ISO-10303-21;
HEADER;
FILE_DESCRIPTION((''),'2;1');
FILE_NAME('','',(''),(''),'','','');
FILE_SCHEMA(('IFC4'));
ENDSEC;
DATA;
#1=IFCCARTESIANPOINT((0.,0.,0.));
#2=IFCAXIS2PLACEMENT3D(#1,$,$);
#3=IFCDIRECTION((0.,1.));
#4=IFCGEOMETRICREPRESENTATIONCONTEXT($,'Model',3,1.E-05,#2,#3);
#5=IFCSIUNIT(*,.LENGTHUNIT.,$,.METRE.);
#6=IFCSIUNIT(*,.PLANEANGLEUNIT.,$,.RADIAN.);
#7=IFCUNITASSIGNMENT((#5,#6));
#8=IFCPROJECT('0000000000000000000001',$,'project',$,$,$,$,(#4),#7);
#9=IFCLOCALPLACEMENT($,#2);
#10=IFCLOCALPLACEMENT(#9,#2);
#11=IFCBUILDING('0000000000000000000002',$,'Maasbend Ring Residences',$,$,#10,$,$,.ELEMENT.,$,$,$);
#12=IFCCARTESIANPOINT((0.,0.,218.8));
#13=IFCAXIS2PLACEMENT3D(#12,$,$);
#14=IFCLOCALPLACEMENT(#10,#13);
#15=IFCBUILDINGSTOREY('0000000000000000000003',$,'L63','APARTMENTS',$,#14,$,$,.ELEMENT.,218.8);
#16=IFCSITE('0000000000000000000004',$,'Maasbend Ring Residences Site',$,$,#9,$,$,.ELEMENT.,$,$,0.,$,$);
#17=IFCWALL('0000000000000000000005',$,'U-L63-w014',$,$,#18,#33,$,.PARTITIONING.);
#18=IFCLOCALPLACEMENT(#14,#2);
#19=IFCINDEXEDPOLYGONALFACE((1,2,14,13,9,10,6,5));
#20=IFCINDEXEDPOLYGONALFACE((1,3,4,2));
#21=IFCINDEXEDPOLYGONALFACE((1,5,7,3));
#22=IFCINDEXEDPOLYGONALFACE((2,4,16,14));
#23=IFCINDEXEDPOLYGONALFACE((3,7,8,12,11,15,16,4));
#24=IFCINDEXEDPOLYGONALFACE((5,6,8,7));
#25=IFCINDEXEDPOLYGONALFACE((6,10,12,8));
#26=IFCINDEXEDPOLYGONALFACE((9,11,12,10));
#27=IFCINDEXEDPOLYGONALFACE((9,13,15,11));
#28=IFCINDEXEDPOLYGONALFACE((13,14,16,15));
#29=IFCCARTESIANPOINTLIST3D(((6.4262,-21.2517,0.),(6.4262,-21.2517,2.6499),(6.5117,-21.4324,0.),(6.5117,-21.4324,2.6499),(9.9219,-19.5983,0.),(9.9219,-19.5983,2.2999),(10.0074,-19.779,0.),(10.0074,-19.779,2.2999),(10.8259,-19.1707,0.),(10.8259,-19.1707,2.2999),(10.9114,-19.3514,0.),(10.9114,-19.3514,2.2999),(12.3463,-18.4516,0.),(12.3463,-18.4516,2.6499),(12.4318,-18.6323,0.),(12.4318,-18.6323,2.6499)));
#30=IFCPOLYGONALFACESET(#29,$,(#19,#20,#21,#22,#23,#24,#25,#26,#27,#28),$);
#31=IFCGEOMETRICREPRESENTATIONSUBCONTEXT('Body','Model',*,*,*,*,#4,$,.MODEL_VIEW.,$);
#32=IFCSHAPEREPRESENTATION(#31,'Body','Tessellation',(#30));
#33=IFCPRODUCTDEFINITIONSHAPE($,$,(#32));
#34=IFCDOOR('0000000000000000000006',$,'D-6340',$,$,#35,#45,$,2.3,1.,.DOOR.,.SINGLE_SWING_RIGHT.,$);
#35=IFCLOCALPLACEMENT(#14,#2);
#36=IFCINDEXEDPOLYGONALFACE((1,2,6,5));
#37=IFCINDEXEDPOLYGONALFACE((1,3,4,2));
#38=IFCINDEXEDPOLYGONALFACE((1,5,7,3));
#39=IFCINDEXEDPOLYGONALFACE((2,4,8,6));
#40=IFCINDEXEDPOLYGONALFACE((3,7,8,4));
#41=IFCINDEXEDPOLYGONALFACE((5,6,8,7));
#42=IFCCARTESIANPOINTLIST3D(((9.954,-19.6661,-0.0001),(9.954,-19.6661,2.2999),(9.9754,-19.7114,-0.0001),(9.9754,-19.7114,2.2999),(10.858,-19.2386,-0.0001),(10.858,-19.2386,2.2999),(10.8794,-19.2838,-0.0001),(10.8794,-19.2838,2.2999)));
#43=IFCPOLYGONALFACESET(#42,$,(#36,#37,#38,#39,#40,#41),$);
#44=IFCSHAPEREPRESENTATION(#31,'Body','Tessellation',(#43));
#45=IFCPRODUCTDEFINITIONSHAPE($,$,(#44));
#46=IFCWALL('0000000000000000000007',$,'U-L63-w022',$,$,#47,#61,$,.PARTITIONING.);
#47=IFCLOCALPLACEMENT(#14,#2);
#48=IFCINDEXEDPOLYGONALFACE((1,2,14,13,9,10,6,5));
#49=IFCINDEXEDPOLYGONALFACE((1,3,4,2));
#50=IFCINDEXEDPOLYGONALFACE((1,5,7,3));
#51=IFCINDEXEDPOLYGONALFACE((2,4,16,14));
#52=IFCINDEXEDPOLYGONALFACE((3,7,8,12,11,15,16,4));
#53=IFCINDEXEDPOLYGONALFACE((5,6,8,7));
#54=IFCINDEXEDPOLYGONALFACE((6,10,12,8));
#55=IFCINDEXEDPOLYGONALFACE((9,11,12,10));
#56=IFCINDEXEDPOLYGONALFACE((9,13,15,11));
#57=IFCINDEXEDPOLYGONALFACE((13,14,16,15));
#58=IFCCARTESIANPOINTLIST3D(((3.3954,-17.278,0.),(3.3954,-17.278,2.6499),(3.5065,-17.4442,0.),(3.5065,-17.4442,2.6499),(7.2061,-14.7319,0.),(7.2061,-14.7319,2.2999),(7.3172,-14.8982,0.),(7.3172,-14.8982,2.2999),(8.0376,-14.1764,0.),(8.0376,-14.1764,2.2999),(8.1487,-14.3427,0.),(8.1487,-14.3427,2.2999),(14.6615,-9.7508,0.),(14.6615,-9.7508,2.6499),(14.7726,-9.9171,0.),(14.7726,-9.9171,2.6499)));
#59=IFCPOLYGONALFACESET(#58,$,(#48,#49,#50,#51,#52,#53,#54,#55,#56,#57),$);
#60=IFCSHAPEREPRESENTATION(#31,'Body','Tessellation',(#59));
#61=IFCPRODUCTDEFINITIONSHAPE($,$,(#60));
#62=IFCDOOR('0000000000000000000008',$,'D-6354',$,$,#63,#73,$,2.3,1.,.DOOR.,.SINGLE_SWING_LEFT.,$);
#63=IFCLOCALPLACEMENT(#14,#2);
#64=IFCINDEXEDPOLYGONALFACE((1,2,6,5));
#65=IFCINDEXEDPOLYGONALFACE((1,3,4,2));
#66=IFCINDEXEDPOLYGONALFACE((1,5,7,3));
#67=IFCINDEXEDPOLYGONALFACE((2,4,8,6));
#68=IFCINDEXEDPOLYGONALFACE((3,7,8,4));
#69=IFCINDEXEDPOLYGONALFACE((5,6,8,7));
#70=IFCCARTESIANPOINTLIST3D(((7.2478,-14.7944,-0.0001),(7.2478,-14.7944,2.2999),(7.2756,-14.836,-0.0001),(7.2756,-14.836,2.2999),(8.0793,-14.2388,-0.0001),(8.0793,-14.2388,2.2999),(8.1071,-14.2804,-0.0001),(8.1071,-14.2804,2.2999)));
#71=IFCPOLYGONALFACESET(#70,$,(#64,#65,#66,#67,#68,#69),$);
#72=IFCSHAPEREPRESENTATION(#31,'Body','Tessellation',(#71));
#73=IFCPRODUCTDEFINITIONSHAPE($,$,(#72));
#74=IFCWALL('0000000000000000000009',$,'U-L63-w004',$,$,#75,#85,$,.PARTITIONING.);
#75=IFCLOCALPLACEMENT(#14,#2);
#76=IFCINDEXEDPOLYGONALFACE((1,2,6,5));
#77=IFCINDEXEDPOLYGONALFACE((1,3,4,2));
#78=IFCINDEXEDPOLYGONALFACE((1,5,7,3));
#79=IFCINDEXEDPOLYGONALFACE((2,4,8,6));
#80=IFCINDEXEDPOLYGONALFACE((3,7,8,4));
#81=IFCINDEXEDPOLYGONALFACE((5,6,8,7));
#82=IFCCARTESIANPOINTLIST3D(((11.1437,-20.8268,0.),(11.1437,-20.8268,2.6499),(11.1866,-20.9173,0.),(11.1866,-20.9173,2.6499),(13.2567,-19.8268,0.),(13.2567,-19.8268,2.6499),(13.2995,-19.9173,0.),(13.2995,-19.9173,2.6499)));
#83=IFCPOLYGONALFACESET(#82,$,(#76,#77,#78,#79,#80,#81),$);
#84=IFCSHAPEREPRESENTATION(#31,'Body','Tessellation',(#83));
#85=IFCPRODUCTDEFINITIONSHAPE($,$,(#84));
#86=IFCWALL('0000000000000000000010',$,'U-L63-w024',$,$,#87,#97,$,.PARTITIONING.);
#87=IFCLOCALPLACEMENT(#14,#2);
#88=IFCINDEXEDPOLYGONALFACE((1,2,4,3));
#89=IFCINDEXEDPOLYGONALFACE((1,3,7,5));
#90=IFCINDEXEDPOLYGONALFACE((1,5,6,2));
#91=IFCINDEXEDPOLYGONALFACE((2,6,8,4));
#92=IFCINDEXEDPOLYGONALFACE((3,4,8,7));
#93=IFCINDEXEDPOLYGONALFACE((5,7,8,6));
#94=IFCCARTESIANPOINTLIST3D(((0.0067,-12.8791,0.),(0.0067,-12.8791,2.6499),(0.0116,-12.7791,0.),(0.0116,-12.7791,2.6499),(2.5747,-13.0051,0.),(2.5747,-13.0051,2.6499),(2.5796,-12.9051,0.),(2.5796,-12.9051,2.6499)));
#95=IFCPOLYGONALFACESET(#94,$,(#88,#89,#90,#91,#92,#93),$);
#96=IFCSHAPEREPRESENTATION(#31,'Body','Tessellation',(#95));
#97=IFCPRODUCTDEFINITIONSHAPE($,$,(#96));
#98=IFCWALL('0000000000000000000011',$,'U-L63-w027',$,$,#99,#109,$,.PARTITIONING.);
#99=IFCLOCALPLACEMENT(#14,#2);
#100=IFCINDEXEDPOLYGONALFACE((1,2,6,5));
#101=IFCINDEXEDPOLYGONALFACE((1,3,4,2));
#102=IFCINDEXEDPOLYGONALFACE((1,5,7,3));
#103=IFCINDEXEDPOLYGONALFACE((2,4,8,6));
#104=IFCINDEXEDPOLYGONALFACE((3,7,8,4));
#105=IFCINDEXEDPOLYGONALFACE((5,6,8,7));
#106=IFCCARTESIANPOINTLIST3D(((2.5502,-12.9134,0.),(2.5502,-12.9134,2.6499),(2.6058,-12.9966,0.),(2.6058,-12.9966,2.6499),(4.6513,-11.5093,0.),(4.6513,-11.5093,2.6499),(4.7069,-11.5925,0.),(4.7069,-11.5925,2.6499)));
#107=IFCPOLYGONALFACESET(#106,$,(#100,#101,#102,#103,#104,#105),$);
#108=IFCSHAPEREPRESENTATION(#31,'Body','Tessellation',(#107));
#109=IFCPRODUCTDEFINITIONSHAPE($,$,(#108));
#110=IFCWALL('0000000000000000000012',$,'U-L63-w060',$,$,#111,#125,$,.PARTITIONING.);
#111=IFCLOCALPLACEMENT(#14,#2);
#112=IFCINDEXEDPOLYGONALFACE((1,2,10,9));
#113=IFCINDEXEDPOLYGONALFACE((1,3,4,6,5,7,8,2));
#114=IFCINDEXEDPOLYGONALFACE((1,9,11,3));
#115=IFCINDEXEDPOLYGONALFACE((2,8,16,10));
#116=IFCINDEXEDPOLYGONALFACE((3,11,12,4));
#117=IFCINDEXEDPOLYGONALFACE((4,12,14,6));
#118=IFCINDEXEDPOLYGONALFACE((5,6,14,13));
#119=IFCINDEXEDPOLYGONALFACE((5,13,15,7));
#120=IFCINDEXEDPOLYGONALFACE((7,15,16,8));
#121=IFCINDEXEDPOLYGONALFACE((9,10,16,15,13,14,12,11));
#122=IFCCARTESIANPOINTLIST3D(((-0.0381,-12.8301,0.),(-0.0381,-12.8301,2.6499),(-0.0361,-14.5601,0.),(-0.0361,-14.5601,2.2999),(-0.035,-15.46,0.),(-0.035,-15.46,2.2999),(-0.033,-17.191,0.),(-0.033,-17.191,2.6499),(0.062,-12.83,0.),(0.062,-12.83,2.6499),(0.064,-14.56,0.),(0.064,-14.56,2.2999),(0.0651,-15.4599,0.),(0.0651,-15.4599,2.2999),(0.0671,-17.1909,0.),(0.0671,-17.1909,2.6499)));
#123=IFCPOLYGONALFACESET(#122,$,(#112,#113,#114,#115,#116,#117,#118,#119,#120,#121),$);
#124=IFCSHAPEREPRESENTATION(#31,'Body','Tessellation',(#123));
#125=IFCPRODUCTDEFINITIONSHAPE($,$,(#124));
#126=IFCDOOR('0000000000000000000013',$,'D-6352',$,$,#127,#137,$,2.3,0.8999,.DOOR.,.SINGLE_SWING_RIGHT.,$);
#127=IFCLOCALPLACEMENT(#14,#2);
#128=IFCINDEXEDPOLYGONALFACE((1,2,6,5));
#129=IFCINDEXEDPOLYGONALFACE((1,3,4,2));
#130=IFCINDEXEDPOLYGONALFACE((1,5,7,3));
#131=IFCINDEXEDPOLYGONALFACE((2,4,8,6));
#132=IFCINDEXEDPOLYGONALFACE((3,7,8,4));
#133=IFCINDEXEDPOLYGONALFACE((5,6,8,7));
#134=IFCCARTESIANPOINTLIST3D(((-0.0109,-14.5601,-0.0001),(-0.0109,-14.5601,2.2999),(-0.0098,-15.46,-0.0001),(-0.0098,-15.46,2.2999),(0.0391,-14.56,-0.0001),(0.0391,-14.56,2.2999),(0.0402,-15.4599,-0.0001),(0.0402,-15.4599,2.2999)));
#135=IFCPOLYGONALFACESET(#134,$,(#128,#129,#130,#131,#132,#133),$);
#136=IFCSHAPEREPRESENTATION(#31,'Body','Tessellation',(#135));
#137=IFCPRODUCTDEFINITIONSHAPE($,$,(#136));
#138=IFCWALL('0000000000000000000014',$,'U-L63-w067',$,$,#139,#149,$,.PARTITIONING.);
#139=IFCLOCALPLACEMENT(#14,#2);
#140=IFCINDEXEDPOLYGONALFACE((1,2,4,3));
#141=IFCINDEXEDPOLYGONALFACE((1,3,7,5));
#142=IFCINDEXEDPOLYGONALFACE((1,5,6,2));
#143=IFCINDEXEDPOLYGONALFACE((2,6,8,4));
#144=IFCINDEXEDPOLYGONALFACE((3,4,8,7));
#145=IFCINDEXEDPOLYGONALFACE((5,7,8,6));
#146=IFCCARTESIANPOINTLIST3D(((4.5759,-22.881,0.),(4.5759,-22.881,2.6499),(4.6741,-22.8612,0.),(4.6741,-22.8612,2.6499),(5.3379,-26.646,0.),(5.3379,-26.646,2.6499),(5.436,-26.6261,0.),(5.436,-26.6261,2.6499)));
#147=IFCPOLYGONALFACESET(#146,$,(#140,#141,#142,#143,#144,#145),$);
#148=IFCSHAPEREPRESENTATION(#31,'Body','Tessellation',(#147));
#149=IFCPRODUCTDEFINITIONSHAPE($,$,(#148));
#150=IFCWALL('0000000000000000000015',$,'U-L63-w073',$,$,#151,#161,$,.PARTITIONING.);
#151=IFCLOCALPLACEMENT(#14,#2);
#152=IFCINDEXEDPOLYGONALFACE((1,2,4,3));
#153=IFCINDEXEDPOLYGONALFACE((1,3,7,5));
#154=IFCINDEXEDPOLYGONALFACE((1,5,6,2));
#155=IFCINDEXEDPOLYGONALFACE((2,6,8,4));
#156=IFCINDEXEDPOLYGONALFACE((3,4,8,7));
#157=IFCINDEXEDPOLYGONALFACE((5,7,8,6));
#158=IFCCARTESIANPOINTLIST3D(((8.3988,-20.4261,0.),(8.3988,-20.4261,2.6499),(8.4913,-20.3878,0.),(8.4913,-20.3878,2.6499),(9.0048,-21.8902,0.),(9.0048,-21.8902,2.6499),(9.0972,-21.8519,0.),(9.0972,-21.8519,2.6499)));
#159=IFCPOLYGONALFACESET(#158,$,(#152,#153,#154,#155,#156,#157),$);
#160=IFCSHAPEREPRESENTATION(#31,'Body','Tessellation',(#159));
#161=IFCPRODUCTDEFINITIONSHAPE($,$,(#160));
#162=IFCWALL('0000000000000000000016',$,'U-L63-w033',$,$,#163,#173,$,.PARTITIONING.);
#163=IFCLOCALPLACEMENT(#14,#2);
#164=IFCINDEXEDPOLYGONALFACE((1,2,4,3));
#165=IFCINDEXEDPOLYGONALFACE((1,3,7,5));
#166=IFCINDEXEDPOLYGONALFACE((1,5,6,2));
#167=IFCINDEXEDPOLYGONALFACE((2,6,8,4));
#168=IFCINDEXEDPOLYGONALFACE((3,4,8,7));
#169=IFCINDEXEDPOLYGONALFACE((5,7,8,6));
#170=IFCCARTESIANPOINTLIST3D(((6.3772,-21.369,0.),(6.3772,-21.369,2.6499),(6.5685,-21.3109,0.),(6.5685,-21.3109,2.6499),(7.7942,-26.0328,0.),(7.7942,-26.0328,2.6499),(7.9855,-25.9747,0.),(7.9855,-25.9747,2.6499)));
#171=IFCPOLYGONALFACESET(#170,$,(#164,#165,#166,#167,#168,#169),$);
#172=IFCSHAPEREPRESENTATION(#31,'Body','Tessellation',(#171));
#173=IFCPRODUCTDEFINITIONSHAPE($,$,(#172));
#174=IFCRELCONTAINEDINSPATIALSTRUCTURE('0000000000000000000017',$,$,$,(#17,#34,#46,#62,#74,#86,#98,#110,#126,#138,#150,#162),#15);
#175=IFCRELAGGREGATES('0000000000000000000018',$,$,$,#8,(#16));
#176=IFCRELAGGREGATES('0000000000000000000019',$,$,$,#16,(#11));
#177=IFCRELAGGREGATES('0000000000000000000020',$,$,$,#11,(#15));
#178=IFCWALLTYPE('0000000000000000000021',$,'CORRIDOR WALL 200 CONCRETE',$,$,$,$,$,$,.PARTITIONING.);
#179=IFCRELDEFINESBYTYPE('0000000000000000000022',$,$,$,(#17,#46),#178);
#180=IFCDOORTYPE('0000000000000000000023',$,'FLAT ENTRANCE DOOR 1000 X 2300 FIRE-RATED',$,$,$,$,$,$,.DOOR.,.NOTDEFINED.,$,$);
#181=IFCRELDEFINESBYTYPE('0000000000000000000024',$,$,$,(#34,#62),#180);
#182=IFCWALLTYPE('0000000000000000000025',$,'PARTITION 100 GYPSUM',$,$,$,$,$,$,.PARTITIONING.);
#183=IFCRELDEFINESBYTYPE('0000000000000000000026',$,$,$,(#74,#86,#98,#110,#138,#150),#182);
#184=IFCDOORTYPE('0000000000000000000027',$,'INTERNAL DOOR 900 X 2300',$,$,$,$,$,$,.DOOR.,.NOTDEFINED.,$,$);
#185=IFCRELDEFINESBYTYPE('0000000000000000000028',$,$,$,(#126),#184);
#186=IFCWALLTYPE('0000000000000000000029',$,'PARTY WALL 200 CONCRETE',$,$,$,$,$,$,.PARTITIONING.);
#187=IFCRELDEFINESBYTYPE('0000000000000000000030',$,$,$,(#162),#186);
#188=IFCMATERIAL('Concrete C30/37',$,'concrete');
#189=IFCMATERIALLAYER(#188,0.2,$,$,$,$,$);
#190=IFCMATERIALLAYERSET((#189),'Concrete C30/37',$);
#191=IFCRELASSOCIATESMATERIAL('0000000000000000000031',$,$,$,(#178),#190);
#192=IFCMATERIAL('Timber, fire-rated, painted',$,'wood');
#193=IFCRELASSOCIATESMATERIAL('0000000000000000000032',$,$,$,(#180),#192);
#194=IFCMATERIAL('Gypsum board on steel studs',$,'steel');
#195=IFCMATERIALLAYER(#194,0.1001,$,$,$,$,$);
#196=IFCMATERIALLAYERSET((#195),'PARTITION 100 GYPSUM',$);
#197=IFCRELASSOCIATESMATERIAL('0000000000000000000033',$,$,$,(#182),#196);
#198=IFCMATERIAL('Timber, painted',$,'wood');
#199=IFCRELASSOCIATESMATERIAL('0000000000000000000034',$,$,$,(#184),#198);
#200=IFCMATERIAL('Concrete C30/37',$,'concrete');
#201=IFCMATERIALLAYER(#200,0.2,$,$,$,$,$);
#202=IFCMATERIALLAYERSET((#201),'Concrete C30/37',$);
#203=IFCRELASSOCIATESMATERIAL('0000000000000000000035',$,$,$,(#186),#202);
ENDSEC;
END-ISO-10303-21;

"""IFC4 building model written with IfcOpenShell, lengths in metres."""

from ifc_helpers import new_model, si_unit, direction, frame, frame_2d, origin, place, context, subcontext, project, spatial, rectangle, extrude, material, layer, layer_set, type_object, element, fill, save


model = new_model("IFC4")

# Units and contexts
model_context = context("Model", 3, precision=1e-05, world=origin(), true_north=direction((0.0, 1.0)))
body_context = subcontext(model_context, "Body", "Model", "MODEL_VIEW")
ifc_project = project(units=[si_unit("LENGTHUNIT", "METRE"), si_unit("PLANEANGLEUNIT", "RADIAN")], contexts=[model_context])

# Site, building, storey
site_placement = place(None, origin())
site = spatial("IfcSite", under=ifc_project, at=site_placement, Name="Maasbend Ring Residences Site", CompositionType="ELEMENT", RefElevation=0.0)
building_placement = place(site_placement, origin())
building = spatial("IfcBuilding", under=site, at=building_placement, Name="Maasbend Ring Residences", CompositionType="ELEMENT")
storey_placement = place(building_placement, frame((0.0, 0.0, 218.8)))
storey = spatial("IfcBuildingStorey", under=building, at=storey_placement, Name="L63", Description="APARTMENTS", CompositionType="ELEMENT", Elevation=218.8)

# Walls, openings, doors
ifc_material_1 = material(Name="Concrete C30/37", Category="concrete")
ifc_layer_1 = layer(ifc_material_1, 0.2)
ifc_layer_set_1 = layer_set([ifc_layer_1], Name="Concrete C30/37")
wall_type_1 = type_object("IfcWallType", Name="CORRIDOR WALL 200 CONCRETE", PredefinedType="PARTITIONING", material=ifc_layer_set_1)
wall_1_placement = place(storey_placement, frame((6.469, -21.342, 0.0), z_axis=(0.0, 0.0, 1.0), x_axis=(0.903981, 0.427572, 0.0)))
wall_1 = element("IfcWall", 1, at=wall_1_placement, inside=storey, type_object=wall_type_1, Name="U-L63-w014", PredefinedType="PARTITIONING", context=body_context, shape_type="SweptSolid", body=[
    extrude(rectangle(XDim=6.5488, YDim=0.2, at=frame_2d((3.2744, 0.0))), origin(), (0.0, 0.0, 1.0), 2.6499),
])
opening_1_placement = place(wall_1_placement, frame((3.8669, 0.0, 0.0)))
opening_1 = element("IfcOpeningElement", 2, at=opening_1_placement, cuts=wall_1, PredefinedType="OPENING", context=body_context, shape_type="SweptSolid", body=[
    extrude(rectangle(XDim=1.0, YDim=2.3, at=frame_2d((0.5, 1.1499))), frame((0.0, 0.1099, 0.0), z_axis=(0.0, -1.0, 0.0), x_axis=(1.0, 0.0, 0.0)), (0.0, 0.0, 1.0), 0.22),
])
ifc_material_2 = material(Name="Timber, fire-rated, painted", Category="wood")
door_type_1 = type_object("IfcDoorType", Name="FLAT ENTRANCE DOOR 1000 X 2300 FIRE-RATED", OperationType="NOTDEFINED", PredefinedType="DOOR", material=ifc_material_2)
door_1_placement = place(opening_1_placement, origin())
door_1 = element("IfcDoor", 3, at=door_1_placement, inside=storey, type_object=door_type_1, Name="D-6340", OperationType="SINGLE_SWING_RIGHT", OverallHeight=2.3, OverallWidth=1.0, PredefinedType="DOOR", context=body_context, shape_type="SweptSolid", body=[
    extrude(rectangle(XDim=1.0, YDim=2.3, at=frame_2d((0.5, 1.1499))), frame((0.0, 0.0249, 0.0), z_axis=(0.0, -1.0, 0.0), x_axis=(1.0, 0.0, 0.0)), (0.0, 0.0, 1.0), 0.05),
])
fill(opening_1, door_1)
wall_2_placement = place(storey_placement, frame((3.4509, -17.3611, 0.0), z_axis=(0.0, 0.0, 1.0), x_axis=(0.831493, 0.555536, 0.0)))
wall_2 = element("IfcWall", 4, at=wall_2_placement, inside=storey, type_object=wall_type_1, Name="U-L63-w022", PredefinedType="PARTITIONING", context=body_context, shape_type="SweptSolid", body=[
    extrude(rectangle(XDim=13.5493, YDim=0.2, at=frame_2d((6.7747, 0.0))), origin(), (0.0, 0.0, 1.0), 2.6499),
])
opening_2_placement = place(wall_2_placement, frame((4.583, 0.0, 0.0)))
opening_2 = element("IfcOpeningElement", 5, at=opening_2_placement, cuts=wall_2, PredefinedType="OPENING", context=body_context, shape_type="SweptSolid", body=[
    extrude(rectangle(XDim=1.0, YDim=2.3, at=frame_2d((0.5, 1.1499))), frame((0.0, 0.1099, 0.0), z_axis=(0.0, -1.0, 0.0), x_axis=(1.0, 0.0, 0.0)), (0.0, 0.0, 1.0), 0.22),
])
door_2_placement = place(opening_2_placement, origin())
door_2 = element("IfcDoor", 6, at=door_2_placement, inside=storey, type_object=door_type_1, Name="D-6354", OperationType="SINGLE_SWING_LEFT", OverallHeight=2.3, OverallWidth=1.0, PredefinedType="DOOR", context=body_context, shape_type="SweptSolid", body=[
    extrude(rectangle(XDim=1.0, YDim=2.3, at=frame_2d((0.5, 1.1499))), frame((0.0, 0.0249, 0.0), z_axis=(0.0, -1.0, 0.0), x_axis=(1.0, 0.0, 0.0)), (0.0, 0.0, 1.0), 0.05),
])
fill(opening_2, door_2)

# Walls
ifc_material_3 = material(Name="Gypsum board on steel studs", Category="steel")
ifc_layer_2 = layer(ifc_material_3, 0.1001)
ifc_layer_set_2 = layer_set([ifc_layer_2], Name="PARTITION 100 GYPSUM")
wall_type_2 = type_object("IfcWallType", Name="PARTITION 100 GYPSUM", PredefinedType="PARTITIONING", material=ifc_layer_set_2)
wall_3_placement = place(storey_placement, frame((11.165, -20.8721, 0.0), z_axis=(0.0, 0.0, 1.0), x_axis=(0.903889, 0.427768, 0.0)))
element("IfcWall", 7, at=wall_3_placement, inside=storey, type_object=wall_type_2, Name="U-L63-w004", PredefinedType="PARTITIONING", context=body_context, shape_type="SweptSolid", body=[
    extrude(rectangle(XDim=2.3376, YDim=0.1001, at=frame_2d((1.1689, 0.0))), origin(), (0.0, 0.0, 1.0), 2.6499),
])
wall_4_placement = place(storey_placement, frame((0.009, -12.8291, 0.0), z_axis=(0.0, 0.0, 1.0), x_axis=(0.998799, -0.049, 0.0)))
element("IfcWall", 8, at=wall_4_placement, inside=storey, type_object=wall_type_2, Name="U-L63-w024", PredefinedType="PARTITIONING", context=body_context, shape_type="SweptSolid", body=[
    extrude(rectangle(XDim=2.571, YDim=0.1001, at=frame_2d((1.2856, 0.0))), origin(), (0.0, 0.0, 1.0), 2.6499),
])
wall_5_placement = place(storey_placement, frame((2.5779, -12.9551, 0.0), z_axis=(0.0, 0.0, 1.0), x_axis=(0.83144, 0.555614, 0.0)))
element("IfcWall", 9, at=wall_5_placement, inside=storey, type_object=wall_type_2, Name="U-L63-w027", PredefinedType="PARTITIONING", context=body_context, shape_type="SweptSolid", body=[
    extrude(rectangle(XDim=2.5271, YDim=0.1001, at=frame_2d((1.2637, 0.0))), origin(), (0.0, 0.0, 1.0), 2.6499),
])

# Wall, opening, door
wall_6_placement = place(storey_placement, frame((0.0171, -17.1909, 0.0), z_axis=(0.0, 0.0, 1.0), x_axis=(-0.001176, 0.999999, 0.0)))
wall_6 = element("IfcWall", 10, at=wall_6_placement, inside=storey, type_object=wall_type_2, Name="U-L63-w060", PredefinedType="PARTITIONING", context=body_context, shape_type="SweptSolid", body=[
    extrude(rectangle(XDim=4.3608, YDim=0.1001, at=frame_2d((2.1804, 0.0))), origin(), (0.0, 0.0, 1.0), 2.6499),
])
opening_3_placement = place(wall_6_placement, frame((1.731, 0.0, 0.0)))
opening_3 = element("IfcOpeningElement", 11, at=opening_3_placement, cuts=wall_6, PredefinedType="OPENING", context=body_context, shape_type="SweptSolid", body=[
    extrude(rectangle(XDim=0.8999, YDim=2.3, at=frame_2d((0.45, 1.1499))), frame((0.0, 0.0601, 0.0), z_axis=(0.0, -1.0, 0.0), x_axis=(1.0, 0.0, 0.0)), (0.0, 0.0, 1.0), 0.1201),
])
ifc_material_4 = material(Name="Timber, painted", Category="wood")
door_type_2 = type_object("IfcDoorType", Name="INTERNAL DOOR 900 X 2300", OperationType="NOTDEFINED", PredefinedType="DOOR", material=ifc_material_4)
door_3_placement = place(opening_3_placement, origin())
door_3 = element("IfcDoor", 12, at=door_3_placement, inside=storey, type_object=door_type_2, Name="D-6352", OperationType="SINGLE_SWING_RIGHT", OverallHeight=2.3, OverallWidth=0.8999, PredefinedType="DOOR", context=body_context, shape_type="SweptSolid", body=[
    extrude(rectangle(XDim=0.8999, YDim=2.3, at=frame_2d((0.45, 1.1499))), frame((0.0, 0.0249, 0.0), z_axis=(0.0, -1.0, 0.0), x_axis=(1.0, 0.0, 0.0)), (0.0, 0.0, 1.0), 0.05),
])
fill(opening_3, door_3)

# Walls
wall_7_placement = place(storey_placement, frame((4.625, -22.8711, 0.0), z_axis=(0.0, 0.0, 1.0), x_axis=(0.198365, -0.980128, 0.0)))
element("IfcWall", 13, at=wall_7_placement, inside=storey, type_object=wall_type_2, Name="U-L63-w067", PredefinedType="PARTITIONING", context=body_context, shape_type="SweptSolid", body=[
    extrude(rectangle(XDim=3.8413, YDim=0.1001, at=frame_2d((1.9207, 0.0))), origin(), (0.0, 0.0, 1.0), 2.6499),
])
wall_8_placement = place(storey_placement, frame((8.4451, -20.407, 0.0), z_axis=(0.0, 0.0, 1.0), x_axis=(0.382415, -0.923991, 0.0)))
element("IfcWall", 14, at=wall_8_placement, inside=storey, type_object=wall_type_2, Name="U-L63-w073", PredefinedType="PARTITIONING", context=body_context, shape_type="SweptSolid", body=[
    extrude(rectangle(XDim=1.5845, YDim=0.1001, at=frame_2d((0.7922, 0.0))), origin(), (0.0, 0.0, 1.0), 2.6499),
])
ifc_material_5 = material(Name="Concrete C30/37", Category="concrete")
ifc_layer_3 = layer(ifc_material_5, 0.2)
ifc_layer_set_3 = layer_set([ifc_layer_3], Name="Concrete C30/37")
wall_type_3 = type_object("IfcWallType", Name="PARTY WALL 200 CONCRETE", PredefinedType="PARTITIONING", material=ifc_layer_set_3)
wall_9_placement = place(storey_placement, frame((6.4729, -21.3401, 0.0), z_axis=(0.0, 0.0, 1.0), x_axis=(0.290705, -0.956813, 0.0)))
element("IfcWall", 15, at=wall_9_placement, inside=storey, type_object=wall_type_3, Name="U-L63-w033", PredefinedType="PARTITIONING", context=body_context, shape_type="SweptSolid", body=[
    extrude(rectangle(XDim=4.8743, YDim=0.2, at=frame_2d((2.437, 0.0))), origin(), (0.0, 0.0, 1.0), 2.6499),
])

save(model, "model.ifc")
